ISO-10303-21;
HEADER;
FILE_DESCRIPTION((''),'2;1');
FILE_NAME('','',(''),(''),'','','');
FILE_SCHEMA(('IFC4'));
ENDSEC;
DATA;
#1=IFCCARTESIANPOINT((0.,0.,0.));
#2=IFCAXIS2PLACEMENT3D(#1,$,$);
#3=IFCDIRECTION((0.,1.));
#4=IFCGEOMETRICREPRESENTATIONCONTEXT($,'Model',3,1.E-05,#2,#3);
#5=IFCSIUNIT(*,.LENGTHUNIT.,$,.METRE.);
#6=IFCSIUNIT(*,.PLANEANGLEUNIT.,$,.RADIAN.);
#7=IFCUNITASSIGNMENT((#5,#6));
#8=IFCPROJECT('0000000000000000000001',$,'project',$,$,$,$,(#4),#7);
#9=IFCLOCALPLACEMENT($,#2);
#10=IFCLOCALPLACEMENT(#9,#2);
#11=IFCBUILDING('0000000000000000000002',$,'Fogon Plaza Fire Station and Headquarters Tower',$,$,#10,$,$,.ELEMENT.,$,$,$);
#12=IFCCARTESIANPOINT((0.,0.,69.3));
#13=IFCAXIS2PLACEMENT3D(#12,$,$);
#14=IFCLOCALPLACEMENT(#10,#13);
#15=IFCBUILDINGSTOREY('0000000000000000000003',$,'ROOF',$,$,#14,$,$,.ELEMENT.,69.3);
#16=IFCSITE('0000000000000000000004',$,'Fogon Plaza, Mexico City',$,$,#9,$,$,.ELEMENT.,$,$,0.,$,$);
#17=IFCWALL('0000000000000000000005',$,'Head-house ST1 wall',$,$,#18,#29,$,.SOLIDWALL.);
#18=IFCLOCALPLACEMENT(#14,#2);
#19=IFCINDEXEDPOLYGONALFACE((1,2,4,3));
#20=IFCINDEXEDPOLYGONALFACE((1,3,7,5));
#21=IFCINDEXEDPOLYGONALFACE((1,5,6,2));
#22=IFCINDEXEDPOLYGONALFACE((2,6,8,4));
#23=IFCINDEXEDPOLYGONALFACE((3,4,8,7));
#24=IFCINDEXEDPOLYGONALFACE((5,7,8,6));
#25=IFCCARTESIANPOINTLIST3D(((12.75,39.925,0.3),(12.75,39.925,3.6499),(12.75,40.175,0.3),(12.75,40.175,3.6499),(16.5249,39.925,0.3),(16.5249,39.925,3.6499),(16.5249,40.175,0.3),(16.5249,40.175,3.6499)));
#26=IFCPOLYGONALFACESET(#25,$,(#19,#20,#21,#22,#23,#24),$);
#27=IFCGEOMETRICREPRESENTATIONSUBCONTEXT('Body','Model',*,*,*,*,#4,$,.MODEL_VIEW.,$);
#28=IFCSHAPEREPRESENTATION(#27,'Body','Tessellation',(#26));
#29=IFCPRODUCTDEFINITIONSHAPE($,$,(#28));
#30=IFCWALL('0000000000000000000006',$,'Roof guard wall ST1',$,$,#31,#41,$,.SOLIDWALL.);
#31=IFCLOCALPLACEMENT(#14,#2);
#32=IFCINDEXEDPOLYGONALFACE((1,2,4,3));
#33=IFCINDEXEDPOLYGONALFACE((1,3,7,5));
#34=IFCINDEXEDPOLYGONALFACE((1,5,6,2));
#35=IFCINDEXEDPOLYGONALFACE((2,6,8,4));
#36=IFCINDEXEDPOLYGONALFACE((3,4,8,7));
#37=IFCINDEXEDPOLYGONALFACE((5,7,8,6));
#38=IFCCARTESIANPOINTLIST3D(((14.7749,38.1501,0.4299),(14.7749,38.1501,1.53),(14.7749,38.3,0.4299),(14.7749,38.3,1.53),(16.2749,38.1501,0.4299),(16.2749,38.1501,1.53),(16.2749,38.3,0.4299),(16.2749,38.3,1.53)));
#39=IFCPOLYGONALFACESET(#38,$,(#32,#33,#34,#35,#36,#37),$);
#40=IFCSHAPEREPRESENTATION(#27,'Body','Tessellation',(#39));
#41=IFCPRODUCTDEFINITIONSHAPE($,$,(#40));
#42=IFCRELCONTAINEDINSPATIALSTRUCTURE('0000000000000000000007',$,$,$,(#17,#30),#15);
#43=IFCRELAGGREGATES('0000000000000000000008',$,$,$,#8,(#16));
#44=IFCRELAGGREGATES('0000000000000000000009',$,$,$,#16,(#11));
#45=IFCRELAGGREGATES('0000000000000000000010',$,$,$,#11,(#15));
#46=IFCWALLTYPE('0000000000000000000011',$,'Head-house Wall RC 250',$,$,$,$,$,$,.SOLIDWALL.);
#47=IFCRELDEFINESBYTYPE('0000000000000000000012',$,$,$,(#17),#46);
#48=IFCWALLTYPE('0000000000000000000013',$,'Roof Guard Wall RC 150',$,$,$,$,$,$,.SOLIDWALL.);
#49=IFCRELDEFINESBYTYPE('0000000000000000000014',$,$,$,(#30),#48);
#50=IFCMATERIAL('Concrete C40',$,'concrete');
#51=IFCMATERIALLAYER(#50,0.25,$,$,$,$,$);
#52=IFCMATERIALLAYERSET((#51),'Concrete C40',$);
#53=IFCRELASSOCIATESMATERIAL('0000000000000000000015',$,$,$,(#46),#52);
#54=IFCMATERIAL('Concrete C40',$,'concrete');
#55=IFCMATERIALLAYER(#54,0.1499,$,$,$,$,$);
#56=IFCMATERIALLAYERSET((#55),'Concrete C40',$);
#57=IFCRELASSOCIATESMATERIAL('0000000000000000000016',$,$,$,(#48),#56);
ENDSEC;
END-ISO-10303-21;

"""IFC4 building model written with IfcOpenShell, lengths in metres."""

from ifc_helpers import new_model, si_unit, direction, frame, frame_2d, origin, place, context, subcontext, project, spatial, rectangle, extrude, material, layer, layer_set, type_object, element, save


model = new_model("IFC4")

# Units and contexts
model_context = context("Model", 3, precision=1e-05, world=origin(), true_north=direction((0.0, 1.0)))
body_context = subcontext(model_context, "Body", "Model", "MODEL_VIEW")
ifc_project = project(units=[si_unit("LENGTHUNIT", "METRE"), si_unit("PLANEANGLEUNIT", "RADIAN")], contexts=[model_context])

# Site, building, storey
site_placement = place(None, origin())
site = spatial("IfcSite", under=ifc_project, at=site_placement, Name="Fogon Plaza, Mexico City", CompositionType="ELEMENT", RefElevation=0.0)
building_placement = place(site_placement, origin())
building = spatial("IfcBuilding", under=site, at=building_placement, Name="Fogon Plaza Fire Station and Headquarters Tower", CompositionType="ELEMENT")
storey_placement = place(building_placement, frame((0.0, 0.0, 69.3)))
storey = spatial("IfcBuildingStorey", under=building, at=storey_placement, Name="ROOF", CompositionType="ELEMENT", Elevation=69.3)

# Walls
ifc_material_1 = material(Name="Concrete C40", Category="concrete")
ifc_layer_1 = layer(ifc_material_1, 0.25)
ifc_layer_set_1 = layer_set([ifc_layer_1], Name="Concrete C40")
wall_type_1 = type_object("IfcWallType", Name="Head-house Wall RC 250", PredefinedType="SOLIDWALL", material=ifc_layer_set_1)
wall_1_placement = place(storey_placement, frame((12.75, 40.05, 0.3), z_axis=(0.0, 0.0, 1.0), x_axis=(1.0, 0.0, 0.0)))
element("IfcWall", 1, at=wall_1_placement, inside=storey, type_object=wall_type_1, Name="Head-house ST1 wall", PredefinedType="SOLIDWALL", context=body_context, shape_type="SweptSolid", body=[
    extrude(rectangle(XDim=3.7749, YDim=0.25, at=frame_2d((1.8875, 0.0))), origin(), (0.0, 0.0, 1.0), 3.3499),
])
ifc_material_2 = material(Name="Concrete C40", Category="concrete")
ifc_layer_2 = layer(ifc_material_2, 0.1499)
ifc_layer_set_2 = layer_set([ifc_layer_2], Name="Concrete C40")
wall_type_2 = type_object("IfcWallType", Name="Roof Guard Wall RC 150", PredefinedType="SOLIDWALL", material=ifc_layer_set_2)
wall_2_placement = place(storey_placement, frame((14.7749, 38.2251, 0.4299), z_axis=(0.0, 0.0, 1.0), x_axis=(1.0, 0.0, 0.0)))
element("IfcWall", 2, at=wall_2_placement, inside=storey, type_object=wall_type_2, Name="Roof guard wall ST1", PredefinedType="SOLIDWALL", context=body_context, shape_type="SweptSolid", body=[
    extrude(rectangle(XDim=1.5, YDim=0.1499, at=frame_2d((0.75, 0.0))), origin(), (0.0, 0.0, 1.0), 1.1001),
])

save(model, "model.ifc")
